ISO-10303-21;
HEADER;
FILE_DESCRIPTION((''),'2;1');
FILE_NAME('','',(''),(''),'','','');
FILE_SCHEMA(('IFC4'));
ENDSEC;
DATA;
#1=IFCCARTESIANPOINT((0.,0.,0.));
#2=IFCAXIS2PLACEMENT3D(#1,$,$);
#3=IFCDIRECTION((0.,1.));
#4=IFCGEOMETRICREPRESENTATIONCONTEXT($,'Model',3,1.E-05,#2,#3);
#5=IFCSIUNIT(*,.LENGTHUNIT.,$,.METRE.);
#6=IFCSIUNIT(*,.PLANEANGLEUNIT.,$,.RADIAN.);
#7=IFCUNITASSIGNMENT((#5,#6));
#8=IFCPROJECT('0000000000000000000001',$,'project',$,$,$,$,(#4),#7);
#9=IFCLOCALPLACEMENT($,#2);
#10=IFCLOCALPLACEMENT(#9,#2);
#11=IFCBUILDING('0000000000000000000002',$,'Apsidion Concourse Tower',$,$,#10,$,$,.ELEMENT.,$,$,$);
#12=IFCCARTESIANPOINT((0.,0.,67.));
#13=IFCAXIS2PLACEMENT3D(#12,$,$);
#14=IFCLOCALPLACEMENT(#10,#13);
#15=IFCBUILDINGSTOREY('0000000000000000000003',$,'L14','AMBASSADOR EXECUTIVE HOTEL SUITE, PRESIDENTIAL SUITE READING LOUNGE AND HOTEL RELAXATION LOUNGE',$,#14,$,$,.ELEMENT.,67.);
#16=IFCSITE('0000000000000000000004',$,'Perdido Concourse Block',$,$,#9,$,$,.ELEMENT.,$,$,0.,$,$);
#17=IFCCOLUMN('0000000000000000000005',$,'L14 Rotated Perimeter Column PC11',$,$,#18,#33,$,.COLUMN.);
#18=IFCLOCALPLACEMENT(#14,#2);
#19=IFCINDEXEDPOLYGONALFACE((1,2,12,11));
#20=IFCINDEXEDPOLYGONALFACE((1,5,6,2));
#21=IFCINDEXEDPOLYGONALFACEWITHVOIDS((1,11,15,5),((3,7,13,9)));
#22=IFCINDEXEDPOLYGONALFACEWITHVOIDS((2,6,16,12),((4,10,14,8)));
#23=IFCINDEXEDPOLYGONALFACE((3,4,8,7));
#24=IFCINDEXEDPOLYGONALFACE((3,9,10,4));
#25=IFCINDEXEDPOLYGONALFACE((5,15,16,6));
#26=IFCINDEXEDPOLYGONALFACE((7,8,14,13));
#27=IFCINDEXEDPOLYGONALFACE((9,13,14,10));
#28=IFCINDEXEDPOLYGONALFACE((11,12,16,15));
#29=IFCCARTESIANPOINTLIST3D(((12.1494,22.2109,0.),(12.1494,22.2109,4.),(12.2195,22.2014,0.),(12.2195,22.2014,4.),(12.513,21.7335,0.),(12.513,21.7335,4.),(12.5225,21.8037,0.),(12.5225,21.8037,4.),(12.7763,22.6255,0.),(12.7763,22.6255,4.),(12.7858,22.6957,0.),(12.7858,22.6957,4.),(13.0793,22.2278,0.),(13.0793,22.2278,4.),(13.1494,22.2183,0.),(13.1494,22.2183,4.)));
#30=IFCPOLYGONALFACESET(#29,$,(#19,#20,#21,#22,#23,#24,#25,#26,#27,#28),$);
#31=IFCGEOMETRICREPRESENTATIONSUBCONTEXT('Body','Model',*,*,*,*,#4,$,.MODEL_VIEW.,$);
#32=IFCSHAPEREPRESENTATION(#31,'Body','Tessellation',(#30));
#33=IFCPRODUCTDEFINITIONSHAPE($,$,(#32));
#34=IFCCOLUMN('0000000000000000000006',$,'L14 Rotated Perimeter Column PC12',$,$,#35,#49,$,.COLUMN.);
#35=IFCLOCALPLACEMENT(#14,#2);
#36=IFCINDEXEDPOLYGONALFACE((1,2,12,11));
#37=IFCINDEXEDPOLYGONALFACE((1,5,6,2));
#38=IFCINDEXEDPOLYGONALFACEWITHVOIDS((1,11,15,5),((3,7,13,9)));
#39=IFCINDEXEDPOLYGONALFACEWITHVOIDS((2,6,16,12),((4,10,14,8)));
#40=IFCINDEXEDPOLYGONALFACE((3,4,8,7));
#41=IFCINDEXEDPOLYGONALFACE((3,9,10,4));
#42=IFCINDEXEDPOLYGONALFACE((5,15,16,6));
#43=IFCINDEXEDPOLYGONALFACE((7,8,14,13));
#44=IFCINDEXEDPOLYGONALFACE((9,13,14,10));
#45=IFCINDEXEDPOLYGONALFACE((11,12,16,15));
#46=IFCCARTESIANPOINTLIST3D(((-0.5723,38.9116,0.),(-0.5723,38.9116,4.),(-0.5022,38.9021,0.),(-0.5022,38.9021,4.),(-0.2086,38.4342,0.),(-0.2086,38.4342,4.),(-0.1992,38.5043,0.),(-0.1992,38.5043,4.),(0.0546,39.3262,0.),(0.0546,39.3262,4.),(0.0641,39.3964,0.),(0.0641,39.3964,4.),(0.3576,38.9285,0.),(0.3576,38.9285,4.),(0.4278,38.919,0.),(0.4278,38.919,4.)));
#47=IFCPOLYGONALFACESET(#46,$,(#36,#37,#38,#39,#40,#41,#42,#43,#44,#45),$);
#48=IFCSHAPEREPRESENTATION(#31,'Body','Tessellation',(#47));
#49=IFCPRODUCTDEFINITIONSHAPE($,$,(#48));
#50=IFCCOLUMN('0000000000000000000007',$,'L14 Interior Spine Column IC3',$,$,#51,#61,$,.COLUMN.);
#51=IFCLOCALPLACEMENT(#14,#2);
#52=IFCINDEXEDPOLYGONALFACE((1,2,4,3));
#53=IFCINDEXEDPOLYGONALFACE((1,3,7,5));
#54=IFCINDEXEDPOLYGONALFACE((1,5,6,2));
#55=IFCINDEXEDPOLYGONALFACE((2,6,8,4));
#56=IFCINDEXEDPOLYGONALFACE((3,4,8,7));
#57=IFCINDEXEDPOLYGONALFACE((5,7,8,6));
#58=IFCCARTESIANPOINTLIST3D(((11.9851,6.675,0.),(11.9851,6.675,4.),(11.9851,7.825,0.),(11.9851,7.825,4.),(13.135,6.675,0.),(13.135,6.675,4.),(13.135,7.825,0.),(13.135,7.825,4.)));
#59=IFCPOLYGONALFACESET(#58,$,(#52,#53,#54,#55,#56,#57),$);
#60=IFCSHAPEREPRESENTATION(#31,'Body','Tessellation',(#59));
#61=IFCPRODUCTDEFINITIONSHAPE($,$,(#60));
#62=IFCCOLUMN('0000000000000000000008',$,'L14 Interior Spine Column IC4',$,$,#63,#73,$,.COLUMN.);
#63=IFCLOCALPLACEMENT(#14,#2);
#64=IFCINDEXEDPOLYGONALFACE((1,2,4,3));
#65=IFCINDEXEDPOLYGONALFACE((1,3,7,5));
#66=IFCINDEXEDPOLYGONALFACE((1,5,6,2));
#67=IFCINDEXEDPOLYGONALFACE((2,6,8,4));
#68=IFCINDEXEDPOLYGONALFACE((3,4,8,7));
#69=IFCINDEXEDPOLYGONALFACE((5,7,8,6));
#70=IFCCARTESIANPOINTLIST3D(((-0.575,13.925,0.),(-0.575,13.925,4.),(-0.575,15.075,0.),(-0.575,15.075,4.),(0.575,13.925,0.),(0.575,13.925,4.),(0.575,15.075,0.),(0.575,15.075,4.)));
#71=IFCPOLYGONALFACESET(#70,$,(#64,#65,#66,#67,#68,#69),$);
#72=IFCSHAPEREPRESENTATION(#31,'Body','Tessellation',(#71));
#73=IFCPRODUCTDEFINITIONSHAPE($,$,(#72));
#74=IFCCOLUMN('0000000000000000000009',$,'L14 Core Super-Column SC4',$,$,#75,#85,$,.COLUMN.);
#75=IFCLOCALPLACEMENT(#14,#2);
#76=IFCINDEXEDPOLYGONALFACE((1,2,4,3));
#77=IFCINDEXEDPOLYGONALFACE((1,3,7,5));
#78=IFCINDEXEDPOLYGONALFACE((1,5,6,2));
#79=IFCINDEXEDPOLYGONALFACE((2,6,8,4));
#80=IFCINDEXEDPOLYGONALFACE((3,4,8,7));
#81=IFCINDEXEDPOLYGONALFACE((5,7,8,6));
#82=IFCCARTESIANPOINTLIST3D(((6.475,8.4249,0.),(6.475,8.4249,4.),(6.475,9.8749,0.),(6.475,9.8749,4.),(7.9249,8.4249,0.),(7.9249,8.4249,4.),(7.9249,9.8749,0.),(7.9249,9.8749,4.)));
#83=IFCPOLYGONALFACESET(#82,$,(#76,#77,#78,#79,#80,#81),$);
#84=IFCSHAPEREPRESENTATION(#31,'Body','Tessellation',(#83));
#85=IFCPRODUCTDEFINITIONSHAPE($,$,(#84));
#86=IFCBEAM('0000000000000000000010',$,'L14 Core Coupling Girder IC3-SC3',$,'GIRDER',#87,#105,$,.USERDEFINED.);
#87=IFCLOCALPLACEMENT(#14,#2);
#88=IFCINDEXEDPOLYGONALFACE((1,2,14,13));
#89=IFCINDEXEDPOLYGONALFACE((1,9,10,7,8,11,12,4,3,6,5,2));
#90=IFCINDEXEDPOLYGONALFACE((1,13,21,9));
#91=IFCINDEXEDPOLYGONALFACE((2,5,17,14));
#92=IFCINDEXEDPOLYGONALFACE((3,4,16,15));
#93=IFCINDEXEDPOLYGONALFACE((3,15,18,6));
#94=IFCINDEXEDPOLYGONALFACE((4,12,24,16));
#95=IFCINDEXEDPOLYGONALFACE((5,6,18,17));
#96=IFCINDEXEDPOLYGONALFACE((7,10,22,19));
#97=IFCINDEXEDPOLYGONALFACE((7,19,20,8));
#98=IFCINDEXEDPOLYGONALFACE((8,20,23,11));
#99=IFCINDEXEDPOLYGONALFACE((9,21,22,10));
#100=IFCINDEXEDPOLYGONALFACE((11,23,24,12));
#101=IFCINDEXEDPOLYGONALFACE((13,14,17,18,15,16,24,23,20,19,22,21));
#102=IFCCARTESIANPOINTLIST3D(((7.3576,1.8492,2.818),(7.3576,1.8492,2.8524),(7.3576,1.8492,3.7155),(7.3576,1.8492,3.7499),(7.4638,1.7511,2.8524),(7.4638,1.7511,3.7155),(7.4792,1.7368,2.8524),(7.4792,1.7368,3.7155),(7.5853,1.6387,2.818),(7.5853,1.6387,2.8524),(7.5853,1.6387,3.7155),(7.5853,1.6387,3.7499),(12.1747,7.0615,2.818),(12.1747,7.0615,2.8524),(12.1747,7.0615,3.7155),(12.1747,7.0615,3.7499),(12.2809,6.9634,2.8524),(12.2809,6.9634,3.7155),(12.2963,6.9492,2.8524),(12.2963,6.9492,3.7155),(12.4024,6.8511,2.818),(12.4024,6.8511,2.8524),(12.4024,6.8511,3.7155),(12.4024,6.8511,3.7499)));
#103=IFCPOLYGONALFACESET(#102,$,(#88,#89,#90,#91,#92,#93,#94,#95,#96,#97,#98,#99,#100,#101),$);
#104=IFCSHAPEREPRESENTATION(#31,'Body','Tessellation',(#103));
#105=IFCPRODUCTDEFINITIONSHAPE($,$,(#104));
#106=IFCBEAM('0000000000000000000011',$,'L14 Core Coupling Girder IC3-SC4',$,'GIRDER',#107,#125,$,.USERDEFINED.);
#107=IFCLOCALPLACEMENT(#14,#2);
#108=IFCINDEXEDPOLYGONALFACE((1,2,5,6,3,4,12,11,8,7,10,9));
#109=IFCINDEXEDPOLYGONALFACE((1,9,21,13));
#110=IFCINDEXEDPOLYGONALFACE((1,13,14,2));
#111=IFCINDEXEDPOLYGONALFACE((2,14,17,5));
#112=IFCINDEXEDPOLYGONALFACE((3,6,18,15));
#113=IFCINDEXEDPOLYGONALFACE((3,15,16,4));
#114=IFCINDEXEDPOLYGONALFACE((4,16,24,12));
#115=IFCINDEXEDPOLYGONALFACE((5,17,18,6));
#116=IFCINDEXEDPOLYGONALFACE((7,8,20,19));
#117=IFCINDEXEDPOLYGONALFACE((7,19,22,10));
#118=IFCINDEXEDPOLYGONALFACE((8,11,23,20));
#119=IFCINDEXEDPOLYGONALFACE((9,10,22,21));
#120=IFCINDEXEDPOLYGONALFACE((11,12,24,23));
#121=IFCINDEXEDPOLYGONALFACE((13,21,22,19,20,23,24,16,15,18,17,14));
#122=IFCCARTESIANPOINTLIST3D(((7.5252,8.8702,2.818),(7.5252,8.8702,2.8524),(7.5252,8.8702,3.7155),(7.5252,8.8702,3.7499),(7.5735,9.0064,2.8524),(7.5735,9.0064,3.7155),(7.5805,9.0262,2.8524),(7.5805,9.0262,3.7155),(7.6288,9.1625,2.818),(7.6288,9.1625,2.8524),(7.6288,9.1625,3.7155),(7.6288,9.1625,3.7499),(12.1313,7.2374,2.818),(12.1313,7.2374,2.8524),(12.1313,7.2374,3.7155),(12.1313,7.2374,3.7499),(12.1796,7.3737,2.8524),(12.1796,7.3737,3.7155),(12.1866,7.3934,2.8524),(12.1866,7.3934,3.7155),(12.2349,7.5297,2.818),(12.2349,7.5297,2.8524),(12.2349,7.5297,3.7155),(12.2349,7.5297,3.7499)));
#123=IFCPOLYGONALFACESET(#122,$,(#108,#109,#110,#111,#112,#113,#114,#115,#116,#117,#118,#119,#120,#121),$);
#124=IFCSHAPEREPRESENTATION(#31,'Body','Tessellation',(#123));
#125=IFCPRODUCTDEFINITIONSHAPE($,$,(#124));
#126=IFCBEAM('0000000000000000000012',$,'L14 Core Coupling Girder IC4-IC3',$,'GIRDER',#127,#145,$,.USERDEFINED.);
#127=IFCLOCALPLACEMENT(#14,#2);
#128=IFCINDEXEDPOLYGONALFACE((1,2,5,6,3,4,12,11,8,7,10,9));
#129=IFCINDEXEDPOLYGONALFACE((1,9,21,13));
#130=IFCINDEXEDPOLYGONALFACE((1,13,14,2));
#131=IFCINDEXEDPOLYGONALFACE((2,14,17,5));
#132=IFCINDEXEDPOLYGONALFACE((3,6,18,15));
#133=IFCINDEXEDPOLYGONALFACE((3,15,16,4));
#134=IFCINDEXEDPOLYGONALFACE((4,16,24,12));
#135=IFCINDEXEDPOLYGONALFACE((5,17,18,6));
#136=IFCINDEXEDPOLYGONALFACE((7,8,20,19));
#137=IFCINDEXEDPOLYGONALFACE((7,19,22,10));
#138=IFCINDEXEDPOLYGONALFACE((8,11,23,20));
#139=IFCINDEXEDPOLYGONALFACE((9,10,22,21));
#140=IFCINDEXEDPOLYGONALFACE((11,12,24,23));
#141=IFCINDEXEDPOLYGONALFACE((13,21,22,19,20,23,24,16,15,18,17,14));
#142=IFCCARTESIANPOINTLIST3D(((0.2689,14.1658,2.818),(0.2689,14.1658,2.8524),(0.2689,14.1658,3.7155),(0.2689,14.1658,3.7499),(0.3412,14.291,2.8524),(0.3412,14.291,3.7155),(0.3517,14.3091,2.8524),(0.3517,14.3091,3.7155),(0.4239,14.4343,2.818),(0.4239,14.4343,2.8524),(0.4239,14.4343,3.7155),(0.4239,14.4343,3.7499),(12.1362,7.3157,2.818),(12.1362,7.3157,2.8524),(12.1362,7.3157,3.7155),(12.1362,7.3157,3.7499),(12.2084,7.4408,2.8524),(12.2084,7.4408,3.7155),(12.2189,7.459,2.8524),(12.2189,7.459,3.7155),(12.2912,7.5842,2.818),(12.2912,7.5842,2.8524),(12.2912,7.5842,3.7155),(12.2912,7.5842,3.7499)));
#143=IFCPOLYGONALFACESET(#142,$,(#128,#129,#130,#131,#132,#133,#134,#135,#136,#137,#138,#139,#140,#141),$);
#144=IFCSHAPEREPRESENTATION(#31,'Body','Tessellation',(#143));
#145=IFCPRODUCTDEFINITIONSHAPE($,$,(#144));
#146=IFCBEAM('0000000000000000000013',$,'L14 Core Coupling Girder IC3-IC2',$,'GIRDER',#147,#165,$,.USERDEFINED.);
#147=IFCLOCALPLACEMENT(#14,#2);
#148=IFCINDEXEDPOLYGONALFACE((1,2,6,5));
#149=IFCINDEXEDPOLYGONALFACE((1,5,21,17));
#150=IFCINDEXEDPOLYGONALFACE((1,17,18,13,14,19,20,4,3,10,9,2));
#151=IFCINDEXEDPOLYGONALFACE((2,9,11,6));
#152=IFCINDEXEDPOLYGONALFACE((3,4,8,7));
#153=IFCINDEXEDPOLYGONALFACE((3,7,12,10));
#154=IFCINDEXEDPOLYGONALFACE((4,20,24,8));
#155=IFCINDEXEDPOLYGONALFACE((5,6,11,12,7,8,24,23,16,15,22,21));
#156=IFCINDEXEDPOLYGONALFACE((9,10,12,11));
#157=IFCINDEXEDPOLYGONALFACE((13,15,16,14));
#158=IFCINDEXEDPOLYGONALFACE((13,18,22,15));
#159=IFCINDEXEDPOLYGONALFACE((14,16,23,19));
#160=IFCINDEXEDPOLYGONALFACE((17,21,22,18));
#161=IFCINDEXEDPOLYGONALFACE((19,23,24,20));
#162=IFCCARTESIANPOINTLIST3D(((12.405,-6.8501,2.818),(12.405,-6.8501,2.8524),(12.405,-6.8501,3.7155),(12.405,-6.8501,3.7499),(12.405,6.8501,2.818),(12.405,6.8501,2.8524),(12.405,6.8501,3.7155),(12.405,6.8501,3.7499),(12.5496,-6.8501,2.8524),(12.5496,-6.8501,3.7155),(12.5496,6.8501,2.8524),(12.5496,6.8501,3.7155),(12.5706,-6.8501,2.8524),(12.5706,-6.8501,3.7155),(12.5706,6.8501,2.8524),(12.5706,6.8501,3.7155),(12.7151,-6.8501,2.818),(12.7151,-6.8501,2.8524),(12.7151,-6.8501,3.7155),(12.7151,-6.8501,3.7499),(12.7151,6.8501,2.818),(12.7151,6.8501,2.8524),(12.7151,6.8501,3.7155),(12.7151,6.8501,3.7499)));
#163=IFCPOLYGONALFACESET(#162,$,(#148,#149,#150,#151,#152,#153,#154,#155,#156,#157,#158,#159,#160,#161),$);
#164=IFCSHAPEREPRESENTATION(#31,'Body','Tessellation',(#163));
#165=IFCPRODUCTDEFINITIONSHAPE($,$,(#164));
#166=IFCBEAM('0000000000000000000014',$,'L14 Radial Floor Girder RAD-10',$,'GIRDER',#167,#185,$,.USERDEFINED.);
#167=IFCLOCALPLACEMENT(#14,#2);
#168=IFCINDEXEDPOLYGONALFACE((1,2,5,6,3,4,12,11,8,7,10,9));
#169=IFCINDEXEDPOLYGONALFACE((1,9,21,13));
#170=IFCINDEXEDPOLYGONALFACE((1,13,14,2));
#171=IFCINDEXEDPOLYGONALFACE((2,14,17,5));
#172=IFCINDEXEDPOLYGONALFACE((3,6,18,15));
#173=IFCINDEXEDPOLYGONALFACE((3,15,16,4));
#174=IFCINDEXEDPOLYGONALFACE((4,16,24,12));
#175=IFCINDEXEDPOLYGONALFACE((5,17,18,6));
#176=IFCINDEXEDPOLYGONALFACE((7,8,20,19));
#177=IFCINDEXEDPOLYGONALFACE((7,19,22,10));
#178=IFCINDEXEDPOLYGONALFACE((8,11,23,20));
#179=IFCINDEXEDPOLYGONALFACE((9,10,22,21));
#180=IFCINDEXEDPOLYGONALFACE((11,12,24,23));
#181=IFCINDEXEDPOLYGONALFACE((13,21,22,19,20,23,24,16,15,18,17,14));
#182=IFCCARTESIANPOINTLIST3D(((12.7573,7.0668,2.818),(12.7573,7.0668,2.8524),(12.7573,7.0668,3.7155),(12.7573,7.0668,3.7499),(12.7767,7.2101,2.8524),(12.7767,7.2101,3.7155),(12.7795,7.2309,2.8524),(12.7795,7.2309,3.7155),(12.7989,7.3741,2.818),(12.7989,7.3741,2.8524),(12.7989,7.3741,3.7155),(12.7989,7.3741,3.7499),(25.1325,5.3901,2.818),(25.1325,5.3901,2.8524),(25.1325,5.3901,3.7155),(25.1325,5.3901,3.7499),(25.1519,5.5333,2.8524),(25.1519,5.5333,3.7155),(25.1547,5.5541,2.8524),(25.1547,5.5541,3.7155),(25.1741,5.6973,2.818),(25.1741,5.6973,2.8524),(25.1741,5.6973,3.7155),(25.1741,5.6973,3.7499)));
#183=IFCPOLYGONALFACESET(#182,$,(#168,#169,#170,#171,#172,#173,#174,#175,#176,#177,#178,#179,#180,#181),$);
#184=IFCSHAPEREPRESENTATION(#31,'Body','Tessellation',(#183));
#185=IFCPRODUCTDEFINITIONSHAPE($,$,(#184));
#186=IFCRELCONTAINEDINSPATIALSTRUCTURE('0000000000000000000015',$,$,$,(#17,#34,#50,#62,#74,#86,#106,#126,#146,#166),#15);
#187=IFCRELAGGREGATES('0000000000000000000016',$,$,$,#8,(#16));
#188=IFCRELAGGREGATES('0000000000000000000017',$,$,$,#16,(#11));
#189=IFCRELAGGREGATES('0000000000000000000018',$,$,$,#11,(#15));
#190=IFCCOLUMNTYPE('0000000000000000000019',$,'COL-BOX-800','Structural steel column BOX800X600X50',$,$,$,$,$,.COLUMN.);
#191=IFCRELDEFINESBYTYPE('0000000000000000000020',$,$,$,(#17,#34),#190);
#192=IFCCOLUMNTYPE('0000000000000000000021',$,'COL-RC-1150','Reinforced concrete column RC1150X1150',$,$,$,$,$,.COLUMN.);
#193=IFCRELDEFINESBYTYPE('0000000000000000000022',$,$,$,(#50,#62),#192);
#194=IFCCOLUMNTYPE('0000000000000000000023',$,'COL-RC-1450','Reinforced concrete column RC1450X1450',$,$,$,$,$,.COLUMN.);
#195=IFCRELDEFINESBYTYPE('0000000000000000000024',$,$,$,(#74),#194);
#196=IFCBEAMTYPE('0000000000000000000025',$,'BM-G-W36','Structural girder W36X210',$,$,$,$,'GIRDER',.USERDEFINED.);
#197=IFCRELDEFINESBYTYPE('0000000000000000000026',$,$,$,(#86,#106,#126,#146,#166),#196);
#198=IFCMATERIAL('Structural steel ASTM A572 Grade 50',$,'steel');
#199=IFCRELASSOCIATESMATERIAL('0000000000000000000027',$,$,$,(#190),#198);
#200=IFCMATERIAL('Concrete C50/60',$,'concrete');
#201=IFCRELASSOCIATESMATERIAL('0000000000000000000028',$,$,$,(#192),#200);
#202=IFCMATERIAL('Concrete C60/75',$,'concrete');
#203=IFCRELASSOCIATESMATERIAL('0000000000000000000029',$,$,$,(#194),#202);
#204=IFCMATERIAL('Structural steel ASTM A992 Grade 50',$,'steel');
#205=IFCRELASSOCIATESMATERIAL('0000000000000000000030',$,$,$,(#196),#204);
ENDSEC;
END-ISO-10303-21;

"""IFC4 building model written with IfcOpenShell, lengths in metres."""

from ifc_helpers import new_model, si_unit, direction, frame, origin, origin_2d, place, context, subcontext, project, spatial, rectangle, hollow_rectangle, i_section, extrude, material, material_profile, profile_set, type_object, element, save


model = new_model("IFC4")

# Units and contexts
model_context = context("Model", 3, precision=1e-05, world=origin(), true_north=direction((0.0, 1.0)))
body_context = subcontext(model_context, "Body", "Model", "MODEL_VIEW")
ifc_project = project(units=[si_unit("LENGTHUNIT", "METRE"), si_unit("PLANEANGLEUNIT", "RADIAN")], contexts=[model_context])

# Site, building, storey
site_placement = place(None, origin())
site = spatial("IfcSite", under=ifc_project, at=site_placement, Name="Perdido Concourse Block", CompositionType="ELEMENT", RefElevation=0.0)
building_placement = place(site_placement, origin())
building = spatial("IfcBuilding", under=site, at=building_placement, Name="Apsidion Concourse Tower", CompositionType="ELEMENT")
storey_placement = place(building_placement, frame((0.0, 0.0, 67.0)))
storey = spatial("IfcBuildingStorey", under=building, at=storey_placement, Name="L14", Description="AMBASSADOR EXECUTIVE HOTEL SUITE, PRESIDENTIAL SUITE READING LOUNGE AND HOTEL RELAXATION LOUNGE", CompositionType="ELEMENT", Elevation=67.0)

# Columns
ifc_material_1 = material(Name="Structural steel ASTM A572 Grade 50", Category="steel")
ifc_material_profile_1 = material_profile(ifc_material_1, hollow_rectangle(XDim=0.6001, YDim=0.8, WallThickness=0.05, at=origin_2d()), Name="BOX800X600X50")
ifc_profile_set_1 = profile_set([ifc_material_profile_1], Name="Structural steel ASTM A572 Grade 50")
column_type_1 = type_object("IfcColumnType", Name="COL-BOX-800", Description="Structural steel column BOX800X600X50", PredefinedType="COLUMN", material=ifc_profile_set_1)
for number, where, z_axis, x_axis, name in (
    (1, (12.6494, 22.2146, 0.0), (0.0, 0.0, 1.0), (-0.605988, 0.795473, 0.0), "L14 Rotated Perimeter Column PC11"),
    (2, (-0.0723, 38.9153, 0.0), (0.0, 0.0, 1.0), (-0.605988, 0.795473, 0.0), "L14 Rotated Perimeter Column PC12"),
):
    element("IfcColumn", number, at=place(storey_placement, frame(where, z_axis=z_axis, x_axis=x_axis)), inside=storey, type_object=column_type_1, Name=name, PredefinedType="COLUMN", context=body_context, shape_type="SweptSolid", body=[
        extrude(hollow_rectangle(XDim=0.6001, YDim=0.8, WallThickness=0.05, at=origin_2d()), origin(), (0.0, 0.0, 1.0), 4.0),
    ])
ifc_material_2 = material(Name="Concrete C50/60", Category="concrete")
ifc_material_profile_2 = material_profile(ifc_material_2, rectangle(XDim=1.1499, YDim=1.1499, at=origin_2d()), Name="RC 1150x1150")
ifc_profile_set_2 = profile_set([ifc_material_profile_2], Name="Concrete C50/60")
column_type_2 = type_object("IfcColumnType", Name="COL-RC-1150", Description="Reinforced concrete column RC1150X1150", PredefinedType="COLUMN", material=ifc_profile_set_2)
for number, where, z_axis, x_axis, name in (
    (3, (12.5601, 7.25, 0.0), (0.0, 0.0, 1.0), (1.0, 0.0, 0.0), "L14 Interior Spine Column IC3"),
    (4, (0.0, 14.5, 0.0), (0.0, 0.0, 1.0), (1.0, 0.0, 0.0), "L14 Interior Spine Column IC4"),
):
    element("IfcColumn", number, at=place(storey_placement, frame(where, z_axis=z_axis, x_axis=x_axis)), inside=storey, type_object=column_type_2, Name=name, PredefinedType="COLUMN", context=body_context, shape_type="SweptSolid", body=[
        extrude(rectangle(XDim=1.1499, YDim=1.1499, at=origin_2d()), origin(), (0.0, 0.0, 1.0), 4.0),
    ])
ifc_material_3 = material(Name="Concrete C60/75", Category="concrete")
ifc_material_profile_3 = material_profile(ifc_material_3, rectangle(XDim=1.45, YDim=1.45, at=origin_2d()), Name="RC 1450x1450")
ifc_profile_set_3 = profile_set([ifc_material_profile_3], Name="Concrete C60/75")
column_type_3 = type_object("IfcColumnType", Name="COL-RC-1450", Description="Reinforced concrete column RC1450X1450", PredefinedType="COLUMN", material=ifc_profile_set_3)
column_placement = place(storey_placement, frame((7.2, 9.1499, 0.0), z_axis=(0.0, 0.0, 1.0), x_axis=(1.0, 0.0, 0.0)))
element("IfcColumn", 5, at=column_placement, inside=storey, type_object=column_type_3, Name="L14 Core Super-Column SC4", PredefinedType="COLUMN", context=body_context, shape_type="SweptSolid", body=[
    extrude(rectangle(XDim=1.45, YDim=1.45, at=origin_2d()), origin(), (0.0, 0.0, 1.0), 4.0),
])

# Beams
ifc_material_4 = material(Name="Structural steel ASTM A992 Grade 50", Category="steel")
ifc_material_profile_4 = material_profile(ifc_material_4, i_section(OverallWidth=0.3101, OverallDepth=0.9319, WebThickness=0.021, FlangeThickness=0.0344, at=origin_2d()), Name="W36X210")
ifc_profile_set_4 = profile_set([ifc_material_profile_4], Name="Structural steel ASTM A992 Grade 50")
beam_type_1 = type_object("IfcBeamType", Name="BM-G-W36", Description="Structural girder W36X210", ElementType="GIRDER", PredefinedType="USERDEFINED", material=ifc_profile_set_4)
beam_1_placement = place(storey_placement, frame((12.2886, 6.9563, 3.2839), z_axis=(-0.678713, -0.734404, 0.0), x_axis=(0.734404, -0.678713, 0.0)))
element("IfcBeam", 6, at=beam_1_placement, inside=storey, type_object=beam_type_1, Name="L14 Core Coupling Girder IC3-SC3", ObjectType="GIRDER", PredefinedType="USERDEFINED", context=body_context, shape_type="SweptSolid", body=[
    extrude(i_section(OverallWidth=0.3101, OverallDepth=0.9319, WebThickness=0.021, FlangeThickness=0.0344, at=origin_2d()), origin(), (0.0, 0.0, 1.0), 7.0974),
])
beam_2_placement = place(storey_placement, frame((12.1831, 7.3835, 3.2839), z_axis=(-0.942534, 0.334111, 0.0), x_axis=(-0.334111, -0.942534, 0.0)))
element("IfcBeam", 7, at=beam_2_placement, inside=storey, type_object=beam_type_1, Name="L14 Core Coupling Girder IC3-SC4", ObjectType="GIRDER", PredefinedType="USERDEFINED", context=body_context, shape_type="SweptSolid", body=[
    extrude(i_section(OverallWidth=0.3101, OverallDepth=0.9319, WebThickness=0.021, FlangeThickness=0.0344, at=origin_2d()), origin(), (0.0, 0.0, 1.0), 4.887),
])
beam_3_placement = place(storey_placement, frame((0.3464, 14.3, 3.2839), z_axis=(0.86607, -0.499922, 0.0), x_axis=(0.499922, 0.86607, 0.0)))
element("IfcBeam", 8, at=beam_3_placement, inside=storey, type_object=beam_type_1, Name="L14 Core Coupling Girder IC4-IC3", ObjectType="GIRDER", PredefinedType="USERDEFINED", context=body_context, shape_type="SweptSolid", body=[
    extrude(i_section(OverallWidth=0.3101, OverallDepth=0.9319, WebThickness=0.021, FlangeThickness=0.0344, at=origin_2d()), origin(), (0.0, 0.0, 1.0), 13.7024),
])
beam_4_placement = place(storey_placement, frame((12.5601, 6.8501, 3.2839), z_axis=(0.0, -1.0, 0.0), x_axis=(1.0, 0.0, 0.0)))
element("IfcBeam", 9, at=beam_4_placement, inside=storey, type_object=beam_type_1, Name="L14 Core Coupling Girder IC3-IC2", ObjectType="GIRDER", PredefinedType="USERDEFINED", context=body_context, shape_type="SweptSolid", body=[
    extrude(i_section(OverallWidth=0.3101, OverallDepth=0.9319, WebThickness=0.021, FlangeThickness=0.0344, at=origin_2d()), origin(), (0.0, 0.0, 1.0), 13.7002),
])
beam_5_placement = place(storey_placement, frame((12.7781, 7.2205, 3.2839), z_axis=(0.990945, -0.134266, 0.0), x_axis=(0.134266, 0.990945, 0.0)))
element("IfcBeam", 10, at=beam_5_placement, inside=storey, type_object=beam_type_1, Name="L14 Radial Floor Girder RAD-10", ObjectType="GIRDER", PredefinedType="USERDEFINED", context=body_context, shape_type="SweptSolid", body=[
    extrude(i_section(OverallWidth=0.3101, OverallDepth=0.9319, WebThickness=0.021, FlangeThickness=0.0344, at=origin_2d()), origin(), (0.0, 0.0, 1.0), 12.4883),
])

save(model, "model.ifc")
